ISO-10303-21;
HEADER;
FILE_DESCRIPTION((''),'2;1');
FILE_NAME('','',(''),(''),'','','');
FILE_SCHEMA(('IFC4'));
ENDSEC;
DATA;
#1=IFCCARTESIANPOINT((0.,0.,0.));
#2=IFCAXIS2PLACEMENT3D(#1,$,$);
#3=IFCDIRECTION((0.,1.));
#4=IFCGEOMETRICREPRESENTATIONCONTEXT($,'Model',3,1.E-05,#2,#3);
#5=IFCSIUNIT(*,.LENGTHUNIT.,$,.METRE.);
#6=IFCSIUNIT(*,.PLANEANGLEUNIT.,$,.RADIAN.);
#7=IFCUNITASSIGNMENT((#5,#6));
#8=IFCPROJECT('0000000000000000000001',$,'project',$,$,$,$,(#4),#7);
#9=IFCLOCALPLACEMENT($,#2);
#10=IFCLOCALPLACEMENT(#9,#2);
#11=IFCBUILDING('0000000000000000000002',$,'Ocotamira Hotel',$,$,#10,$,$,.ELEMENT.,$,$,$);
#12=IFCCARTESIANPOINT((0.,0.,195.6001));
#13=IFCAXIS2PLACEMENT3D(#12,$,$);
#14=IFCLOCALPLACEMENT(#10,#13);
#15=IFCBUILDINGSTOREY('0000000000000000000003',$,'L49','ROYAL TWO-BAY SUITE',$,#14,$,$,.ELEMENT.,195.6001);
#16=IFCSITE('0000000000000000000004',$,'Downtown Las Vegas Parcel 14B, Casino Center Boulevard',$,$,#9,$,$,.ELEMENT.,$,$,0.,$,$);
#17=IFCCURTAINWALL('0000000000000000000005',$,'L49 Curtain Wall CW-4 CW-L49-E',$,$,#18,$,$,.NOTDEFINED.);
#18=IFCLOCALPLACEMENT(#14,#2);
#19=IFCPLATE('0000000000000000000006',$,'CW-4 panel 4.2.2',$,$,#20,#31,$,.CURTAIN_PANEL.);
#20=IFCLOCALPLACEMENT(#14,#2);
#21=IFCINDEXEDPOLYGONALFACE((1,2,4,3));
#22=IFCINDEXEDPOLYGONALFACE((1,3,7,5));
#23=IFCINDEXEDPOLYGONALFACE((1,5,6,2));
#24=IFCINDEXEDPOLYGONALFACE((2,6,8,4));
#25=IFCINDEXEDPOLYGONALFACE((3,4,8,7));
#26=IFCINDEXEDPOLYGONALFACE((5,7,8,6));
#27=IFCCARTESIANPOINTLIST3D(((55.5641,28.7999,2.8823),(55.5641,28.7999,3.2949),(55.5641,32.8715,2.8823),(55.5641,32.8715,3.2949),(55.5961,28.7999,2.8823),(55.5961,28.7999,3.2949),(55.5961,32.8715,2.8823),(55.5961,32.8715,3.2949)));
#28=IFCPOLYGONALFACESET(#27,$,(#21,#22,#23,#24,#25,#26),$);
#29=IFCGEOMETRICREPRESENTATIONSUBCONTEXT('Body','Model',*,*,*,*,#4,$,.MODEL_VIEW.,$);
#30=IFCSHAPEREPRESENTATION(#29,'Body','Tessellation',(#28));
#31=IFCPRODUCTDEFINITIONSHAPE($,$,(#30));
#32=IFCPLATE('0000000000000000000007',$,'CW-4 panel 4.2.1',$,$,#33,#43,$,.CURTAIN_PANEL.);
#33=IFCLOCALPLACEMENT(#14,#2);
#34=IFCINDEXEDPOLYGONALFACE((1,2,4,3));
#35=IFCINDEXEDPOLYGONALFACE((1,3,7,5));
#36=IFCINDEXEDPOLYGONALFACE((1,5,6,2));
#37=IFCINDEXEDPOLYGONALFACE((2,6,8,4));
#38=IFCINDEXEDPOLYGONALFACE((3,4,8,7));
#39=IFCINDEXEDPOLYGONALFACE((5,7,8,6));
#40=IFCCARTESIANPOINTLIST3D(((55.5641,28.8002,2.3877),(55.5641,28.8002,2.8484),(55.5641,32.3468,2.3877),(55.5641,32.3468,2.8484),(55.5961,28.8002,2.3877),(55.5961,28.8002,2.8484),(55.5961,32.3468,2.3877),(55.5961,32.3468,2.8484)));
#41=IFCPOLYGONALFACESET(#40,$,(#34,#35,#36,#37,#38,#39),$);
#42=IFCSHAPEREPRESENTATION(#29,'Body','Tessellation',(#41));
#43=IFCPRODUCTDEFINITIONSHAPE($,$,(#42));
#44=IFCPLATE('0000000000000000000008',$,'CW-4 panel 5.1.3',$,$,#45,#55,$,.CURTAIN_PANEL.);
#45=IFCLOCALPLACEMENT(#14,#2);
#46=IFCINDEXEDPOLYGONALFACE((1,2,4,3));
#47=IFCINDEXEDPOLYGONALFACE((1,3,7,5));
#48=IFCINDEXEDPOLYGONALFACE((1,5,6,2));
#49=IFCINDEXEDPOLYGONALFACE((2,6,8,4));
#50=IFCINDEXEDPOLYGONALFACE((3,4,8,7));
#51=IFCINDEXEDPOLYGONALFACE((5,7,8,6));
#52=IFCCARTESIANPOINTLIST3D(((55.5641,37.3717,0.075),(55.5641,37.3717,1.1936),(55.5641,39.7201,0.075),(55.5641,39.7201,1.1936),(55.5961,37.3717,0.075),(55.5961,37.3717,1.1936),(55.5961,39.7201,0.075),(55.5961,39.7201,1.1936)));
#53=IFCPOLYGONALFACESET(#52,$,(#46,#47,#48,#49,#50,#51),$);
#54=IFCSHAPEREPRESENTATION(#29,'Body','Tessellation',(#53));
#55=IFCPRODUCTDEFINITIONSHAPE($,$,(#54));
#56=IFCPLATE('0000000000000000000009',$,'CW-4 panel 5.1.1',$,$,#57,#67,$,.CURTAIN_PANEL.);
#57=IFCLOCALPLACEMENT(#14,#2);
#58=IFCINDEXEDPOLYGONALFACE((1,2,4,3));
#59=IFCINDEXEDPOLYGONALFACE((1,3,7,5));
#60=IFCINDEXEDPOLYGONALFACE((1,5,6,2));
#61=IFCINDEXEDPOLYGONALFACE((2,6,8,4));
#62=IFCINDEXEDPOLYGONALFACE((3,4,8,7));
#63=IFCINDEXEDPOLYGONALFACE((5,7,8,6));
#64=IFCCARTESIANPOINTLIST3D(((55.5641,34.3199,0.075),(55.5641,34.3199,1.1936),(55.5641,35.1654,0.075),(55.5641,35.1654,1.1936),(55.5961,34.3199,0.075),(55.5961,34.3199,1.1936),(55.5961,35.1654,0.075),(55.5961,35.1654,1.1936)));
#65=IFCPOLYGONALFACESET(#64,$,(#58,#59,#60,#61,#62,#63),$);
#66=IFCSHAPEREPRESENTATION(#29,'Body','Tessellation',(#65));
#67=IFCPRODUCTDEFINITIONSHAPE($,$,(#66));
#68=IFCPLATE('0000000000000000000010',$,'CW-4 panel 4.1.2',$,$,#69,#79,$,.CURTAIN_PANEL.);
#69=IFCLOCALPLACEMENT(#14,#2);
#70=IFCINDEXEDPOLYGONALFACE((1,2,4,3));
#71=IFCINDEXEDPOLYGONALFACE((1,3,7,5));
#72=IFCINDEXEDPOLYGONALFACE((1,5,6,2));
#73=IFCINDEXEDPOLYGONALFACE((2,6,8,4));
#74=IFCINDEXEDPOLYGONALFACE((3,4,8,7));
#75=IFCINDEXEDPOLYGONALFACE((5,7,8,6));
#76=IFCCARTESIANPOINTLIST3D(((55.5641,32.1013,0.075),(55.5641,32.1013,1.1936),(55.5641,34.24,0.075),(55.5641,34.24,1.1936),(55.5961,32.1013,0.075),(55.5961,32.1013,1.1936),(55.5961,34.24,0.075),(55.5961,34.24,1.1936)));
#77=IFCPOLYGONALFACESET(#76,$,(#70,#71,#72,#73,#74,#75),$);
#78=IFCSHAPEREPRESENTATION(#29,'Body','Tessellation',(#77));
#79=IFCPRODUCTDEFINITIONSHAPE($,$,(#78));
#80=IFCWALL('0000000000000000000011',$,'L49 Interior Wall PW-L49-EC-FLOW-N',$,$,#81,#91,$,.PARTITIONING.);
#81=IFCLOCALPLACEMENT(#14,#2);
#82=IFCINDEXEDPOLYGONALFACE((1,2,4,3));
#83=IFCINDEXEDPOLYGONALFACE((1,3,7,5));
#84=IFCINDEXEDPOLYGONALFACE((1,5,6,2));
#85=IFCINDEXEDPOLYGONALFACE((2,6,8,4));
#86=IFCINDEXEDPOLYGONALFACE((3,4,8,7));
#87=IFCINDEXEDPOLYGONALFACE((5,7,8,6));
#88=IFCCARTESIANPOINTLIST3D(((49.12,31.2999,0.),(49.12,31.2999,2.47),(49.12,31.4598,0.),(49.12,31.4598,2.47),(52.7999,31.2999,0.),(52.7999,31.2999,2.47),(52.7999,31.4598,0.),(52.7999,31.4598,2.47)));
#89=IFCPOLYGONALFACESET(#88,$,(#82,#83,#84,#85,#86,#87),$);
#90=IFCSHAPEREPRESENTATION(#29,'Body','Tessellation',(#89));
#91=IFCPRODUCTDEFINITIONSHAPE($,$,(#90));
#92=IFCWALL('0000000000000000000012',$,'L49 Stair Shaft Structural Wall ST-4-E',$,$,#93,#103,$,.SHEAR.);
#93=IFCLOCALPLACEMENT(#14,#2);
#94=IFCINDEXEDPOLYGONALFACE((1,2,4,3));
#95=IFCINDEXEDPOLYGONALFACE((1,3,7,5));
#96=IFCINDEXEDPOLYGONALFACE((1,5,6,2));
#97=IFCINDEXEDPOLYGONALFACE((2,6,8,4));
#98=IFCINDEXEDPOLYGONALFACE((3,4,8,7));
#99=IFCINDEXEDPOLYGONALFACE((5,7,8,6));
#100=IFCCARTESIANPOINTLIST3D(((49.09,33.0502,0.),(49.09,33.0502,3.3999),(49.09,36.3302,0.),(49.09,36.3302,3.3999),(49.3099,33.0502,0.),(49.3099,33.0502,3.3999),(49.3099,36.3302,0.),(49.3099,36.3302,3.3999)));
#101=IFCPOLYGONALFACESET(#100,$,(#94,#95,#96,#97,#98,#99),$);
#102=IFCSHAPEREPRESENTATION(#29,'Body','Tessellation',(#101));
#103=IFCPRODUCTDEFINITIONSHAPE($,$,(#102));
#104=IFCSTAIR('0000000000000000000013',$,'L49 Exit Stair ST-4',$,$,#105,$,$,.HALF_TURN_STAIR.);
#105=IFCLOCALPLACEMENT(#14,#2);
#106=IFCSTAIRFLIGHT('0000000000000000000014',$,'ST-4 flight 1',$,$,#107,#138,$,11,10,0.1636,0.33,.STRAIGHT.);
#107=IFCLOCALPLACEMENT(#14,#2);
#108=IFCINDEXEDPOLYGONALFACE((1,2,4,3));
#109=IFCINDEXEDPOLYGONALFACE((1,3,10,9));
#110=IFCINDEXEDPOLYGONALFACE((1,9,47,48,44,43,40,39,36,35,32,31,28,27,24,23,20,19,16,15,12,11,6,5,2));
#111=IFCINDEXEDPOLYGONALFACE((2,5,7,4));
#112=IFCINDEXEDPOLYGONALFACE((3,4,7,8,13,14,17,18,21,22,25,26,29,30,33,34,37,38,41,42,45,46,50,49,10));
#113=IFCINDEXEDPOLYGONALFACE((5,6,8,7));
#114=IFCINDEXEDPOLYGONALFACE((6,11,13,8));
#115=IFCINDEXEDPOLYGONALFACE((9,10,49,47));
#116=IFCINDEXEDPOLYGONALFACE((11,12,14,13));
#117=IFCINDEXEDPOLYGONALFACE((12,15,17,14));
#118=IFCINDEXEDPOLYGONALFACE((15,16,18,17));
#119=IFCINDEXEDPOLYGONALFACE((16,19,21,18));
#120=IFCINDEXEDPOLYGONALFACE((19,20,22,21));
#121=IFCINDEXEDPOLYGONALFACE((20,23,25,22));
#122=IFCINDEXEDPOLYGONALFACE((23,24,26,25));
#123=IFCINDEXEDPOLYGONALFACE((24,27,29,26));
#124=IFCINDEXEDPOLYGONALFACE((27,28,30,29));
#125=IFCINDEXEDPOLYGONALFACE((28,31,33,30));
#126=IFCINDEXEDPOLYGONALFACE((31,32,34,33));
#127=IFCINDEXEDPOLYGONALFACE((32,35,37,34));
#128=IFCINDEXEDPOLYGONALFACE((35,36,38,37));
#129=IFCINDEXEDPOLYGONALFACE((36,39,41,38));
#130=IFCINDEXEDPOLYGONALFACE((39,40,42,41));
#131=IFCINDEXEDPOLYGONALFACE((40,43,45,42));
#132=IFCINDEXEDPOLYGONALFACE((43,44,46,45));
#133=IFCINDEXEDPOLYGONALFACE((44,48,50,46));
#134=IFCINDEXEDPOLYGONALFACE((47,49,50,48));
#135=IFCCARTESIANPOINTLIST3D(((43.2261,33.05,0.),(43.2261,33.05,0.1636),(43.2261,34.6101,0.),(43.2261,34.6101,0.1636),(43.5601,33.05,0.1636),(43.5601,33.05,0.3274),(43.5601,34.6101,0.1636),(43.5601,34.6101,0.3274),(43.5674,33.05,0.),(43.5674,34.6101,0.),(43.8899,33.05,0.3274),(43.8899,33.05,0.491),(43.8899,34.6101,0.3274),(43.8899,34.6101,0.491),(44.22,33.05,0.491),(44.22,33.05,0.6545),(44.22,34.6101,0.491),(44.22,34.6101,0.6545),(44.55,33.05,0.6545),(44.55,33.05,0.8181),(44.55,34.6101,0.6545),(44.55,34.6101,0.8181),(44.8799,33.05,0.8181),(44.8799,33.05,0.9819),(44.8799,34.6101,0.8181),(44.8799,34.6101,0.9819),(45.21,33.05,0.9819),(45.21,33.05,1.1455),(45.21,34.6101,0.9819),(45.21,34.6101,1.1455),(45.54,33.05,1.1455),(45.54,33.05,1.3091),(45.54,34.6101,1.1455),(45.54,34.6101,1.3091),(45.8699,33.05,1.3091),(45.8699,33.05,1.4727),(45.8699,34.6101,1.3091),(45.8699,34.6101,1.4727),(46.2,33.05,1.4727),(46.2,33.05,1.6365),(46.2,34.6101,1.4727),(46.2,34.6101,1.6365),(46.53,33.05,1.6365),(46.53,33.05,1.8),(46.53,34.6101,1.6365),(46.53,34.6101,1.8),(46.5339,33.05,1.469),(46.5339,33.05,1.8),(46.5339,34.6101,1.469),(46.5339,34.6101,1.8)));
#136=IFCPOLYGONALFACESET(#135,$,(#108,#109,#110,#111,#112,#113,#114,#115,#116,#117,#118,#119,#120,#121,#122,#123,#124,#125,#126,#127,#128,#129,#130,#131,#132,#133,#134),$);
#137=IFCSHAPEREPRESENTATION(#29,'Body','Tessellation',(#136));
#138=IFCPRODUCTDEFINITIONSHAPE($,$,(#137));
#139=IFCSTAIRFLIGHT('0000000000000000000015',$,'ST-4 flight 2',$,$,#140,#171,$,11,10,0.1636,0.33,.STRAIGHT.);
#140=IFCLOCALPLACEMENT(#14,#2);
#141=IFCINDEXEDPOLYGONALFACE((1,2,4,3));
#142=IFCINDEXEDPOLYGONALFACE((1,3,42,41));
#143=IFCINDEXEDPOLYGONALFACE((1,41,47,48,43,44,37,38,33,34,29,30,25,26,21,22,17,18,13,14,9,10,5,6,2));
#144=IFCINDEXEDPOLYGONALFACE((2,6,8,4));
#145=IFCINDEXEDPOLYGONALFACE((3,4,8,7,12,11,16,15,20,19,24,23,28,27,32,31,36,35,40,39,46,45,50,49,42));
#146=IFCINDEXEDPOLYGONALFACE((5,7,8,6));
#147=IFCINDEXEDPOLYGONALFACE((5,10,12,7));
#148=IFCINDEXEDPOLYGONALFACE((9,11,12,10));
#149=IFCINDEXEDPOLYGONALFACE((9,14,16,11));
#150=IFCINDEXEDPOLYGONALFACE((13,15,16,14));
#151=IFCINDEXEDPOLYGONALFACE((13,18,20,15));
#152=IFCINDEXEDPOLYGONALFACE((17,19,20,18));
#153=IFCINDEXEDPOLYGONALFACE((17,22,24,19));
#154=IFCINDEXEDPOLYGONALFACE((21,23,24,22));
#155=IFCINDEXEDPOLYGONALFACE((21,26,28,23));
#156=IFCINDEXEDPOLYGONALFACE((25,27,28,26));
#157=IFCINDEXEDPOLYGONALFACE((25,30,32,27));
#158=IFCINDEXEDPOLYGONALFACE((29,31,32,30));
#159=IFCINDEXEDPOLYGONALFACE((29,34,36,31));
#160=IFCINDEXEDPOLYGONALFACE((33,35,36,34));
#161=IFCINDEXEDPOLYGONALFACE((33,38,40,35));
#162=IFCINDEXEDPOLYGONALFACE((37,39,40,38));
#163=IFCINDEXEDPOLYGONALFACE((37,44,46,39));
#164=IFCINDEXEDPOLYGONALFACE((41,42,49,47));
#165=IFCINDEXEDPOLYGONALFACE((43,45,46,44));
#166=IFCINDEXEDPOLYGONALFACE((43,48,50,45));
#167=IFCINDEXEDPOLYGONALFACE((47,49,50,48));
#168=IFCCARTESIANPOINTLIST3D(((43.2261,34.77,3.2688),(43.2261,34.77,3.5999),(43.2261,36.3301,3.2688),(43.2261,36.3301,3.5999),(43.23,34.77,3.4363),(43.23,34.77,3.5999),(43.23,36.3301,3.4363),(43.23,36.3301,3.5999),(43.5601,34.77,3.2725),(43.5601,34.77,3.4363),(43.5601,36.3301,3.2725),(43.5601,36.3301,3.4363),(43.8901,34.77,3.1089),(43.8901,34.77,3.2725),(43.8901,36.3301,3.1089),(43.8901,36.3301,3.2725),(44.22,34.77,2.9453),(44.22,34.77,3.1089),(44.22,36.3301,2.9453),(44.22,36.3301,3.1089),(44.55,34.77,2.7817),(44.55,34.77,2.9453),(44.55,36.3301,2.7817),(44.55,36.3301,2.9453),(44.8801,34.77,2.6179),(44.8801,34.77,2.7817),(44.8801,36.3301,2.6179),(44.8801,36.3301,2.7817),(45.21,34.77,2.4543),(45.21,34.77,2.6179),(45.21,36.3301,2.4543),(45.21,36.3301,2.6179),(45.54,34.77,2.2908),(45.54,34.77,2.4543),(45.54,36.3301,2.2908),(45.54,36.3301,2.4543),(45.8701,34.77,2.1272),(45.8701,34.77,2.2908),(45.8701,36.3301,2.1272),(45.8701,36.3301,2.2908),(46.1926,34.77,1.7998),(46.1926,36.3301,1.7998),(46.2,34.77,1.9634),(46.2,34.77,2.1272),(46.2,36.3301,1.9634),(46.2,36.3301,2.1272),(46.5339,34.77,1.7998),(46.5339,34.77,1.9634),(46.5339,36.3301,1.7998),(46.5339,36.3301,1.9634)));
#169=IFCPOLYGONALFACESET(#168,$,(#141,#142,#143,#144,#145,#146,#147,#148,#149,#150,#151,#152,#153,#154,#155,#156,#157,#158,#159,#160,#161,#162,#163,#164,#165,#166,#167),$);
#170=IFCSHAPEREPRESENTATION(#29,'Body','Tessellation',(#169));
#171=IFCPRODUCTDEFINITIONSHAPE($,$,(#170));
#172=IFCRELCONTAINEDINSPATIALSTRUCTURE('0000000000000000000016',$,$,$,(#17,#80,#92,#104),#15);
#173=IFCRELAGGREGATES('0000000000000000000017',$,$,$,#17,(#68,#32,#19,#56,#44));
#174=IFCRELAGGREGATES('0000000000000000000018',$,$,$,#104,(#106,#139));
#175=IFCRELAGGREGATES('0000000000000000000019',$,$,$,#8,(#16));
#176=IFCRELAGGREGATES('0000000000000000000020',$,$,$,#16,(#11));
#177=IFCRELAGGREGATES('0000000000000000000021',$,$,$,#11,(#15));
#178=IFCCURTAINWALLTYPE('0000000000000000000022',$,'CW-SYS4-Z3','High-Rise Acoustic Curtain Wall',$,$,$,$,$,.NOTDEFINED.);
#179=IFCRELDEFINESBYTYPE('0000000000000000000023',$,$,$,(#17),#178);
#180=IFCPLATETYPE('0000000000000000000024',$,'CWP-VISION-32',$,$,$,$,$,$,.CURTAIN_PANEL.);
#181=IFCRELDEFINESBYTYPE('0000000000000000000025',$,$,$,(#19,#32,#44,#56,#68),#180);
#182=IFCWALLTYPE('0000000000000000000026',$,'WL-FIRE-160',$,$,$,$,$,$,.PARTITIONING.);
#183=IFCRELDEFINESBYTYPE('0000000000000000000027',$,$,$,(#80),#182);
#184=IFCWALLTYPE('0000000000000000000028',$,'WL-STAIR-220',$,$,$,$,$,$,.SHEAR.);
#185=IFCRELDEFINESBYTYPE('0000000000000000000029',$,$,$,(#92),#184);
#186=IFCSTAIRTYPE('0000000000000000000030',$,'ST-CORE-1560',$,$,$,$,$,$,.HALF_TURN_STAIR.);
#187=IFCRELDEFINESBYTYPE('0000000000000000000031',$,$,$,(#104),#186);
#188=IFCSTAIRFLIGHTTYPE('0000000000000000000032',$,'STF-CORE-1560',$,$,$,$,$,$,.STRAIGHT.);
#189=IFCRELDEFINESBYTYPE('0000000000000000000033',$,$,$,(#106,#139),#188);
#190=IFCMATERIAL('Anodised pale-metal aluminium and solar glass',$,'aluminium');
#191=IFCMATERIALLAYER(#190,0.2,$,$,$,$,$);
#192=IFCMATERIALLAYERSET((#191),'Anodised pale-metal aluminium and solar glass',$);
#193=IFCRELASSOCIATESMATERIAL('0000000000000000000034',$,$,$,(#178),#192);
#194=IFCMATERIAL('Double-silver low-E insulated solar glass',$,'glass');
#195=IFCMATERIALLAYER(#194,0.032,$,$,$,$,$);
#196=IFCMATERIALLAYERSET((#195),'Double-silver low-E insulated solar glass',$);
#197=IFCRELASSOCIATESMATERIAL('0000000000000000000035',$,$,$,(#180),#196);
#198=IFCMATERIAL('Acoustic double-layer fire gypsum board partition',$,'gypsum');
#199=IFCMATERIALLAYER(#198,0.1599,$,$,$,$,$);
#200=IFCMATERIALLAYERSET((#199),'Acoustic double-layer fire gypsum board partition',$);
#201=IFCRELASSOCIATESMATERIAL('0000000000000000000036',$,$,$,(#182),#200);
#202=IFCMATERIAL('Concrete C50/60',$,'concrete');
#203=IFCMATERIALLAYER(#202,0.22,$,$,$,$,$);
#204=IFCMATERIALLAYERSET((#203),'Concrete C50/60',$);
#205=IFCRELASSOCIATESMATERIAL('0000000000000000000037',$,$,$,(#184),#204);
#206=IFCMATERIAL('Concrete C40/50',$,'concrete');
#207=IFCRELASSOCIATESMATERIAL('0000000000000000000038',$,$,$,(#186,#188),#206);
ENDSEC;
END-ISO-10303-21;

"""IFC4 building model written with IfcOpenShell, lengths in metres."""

from ifc_helpers import new_model, si_unit, direction, frame, frame_2d, origin, origin_2d, place, context, subcontext, project, spatial, polyline, rectangle, outline, extrude, source, transform, mapped, material, layer, layer_set, type_object, element, aggregate, save


model = new_model("IFC4")

# Units and contexts
model_context = context("Model", 3, precision=1e-05, world=origin(), true_north=direction((0.0, 1.0)))
body_context = subcontext(model_context, "Body", "Model", "MODEL_VIEW")
ifc_project = project(units=[si_unit("LENGTHUNIT", "METRE"), si_unit("PLANEANGLEUNIT", "RADIAN")], contexts=[model_context])

# Site, building, storey
site_placement = place(None, origin())
site = spatial("IfcSite", under=ifc_project, at=site_placement, Name="Downtown Las Vegas Parcel 14B, Casino Center Boulevard", CompositionType="ELEMENT", RefElevation=0.0)
building_placement = place(site_placement, origin())
building = spatial("IfcBuilding", under=site, at=building_placement, Name="Ocotamira Hotel", CompositionType="ELEMENT")
storey_placement = place(building_placement, frame((0.0, 0.0, 195.6001)))
storey = spatial("IfcBuildingStorey", under=building, at=storey_placement, Name="L49", Description="ROYAL TWO-BAY SUITE", CompositionType="ELEMENT", Elevation=195.6001)

# Curtain wall
ifc_material_1 = material(Name="Anodised pale-metal aluminium and solar glass", Category="aluminium")
ifc_layer_1 = layer(ifc_material_1, 0.2)
ifc_layer_set_1 = layer_set([ifc_layer_1], Name="Anodised pale-metal aluminium and solar glass")
curtain_wall_type = type_object("IfcCurtainWallType", Name="CW-SYS4-Z3", Description="High-Rise Acoustic Curtain Wall", PredefinedType="NOTDEFINED", material=ifc_layer_set_1)
curtain_wall_placement = place(storey_placement, origin())
curtain_wall = element("IfcCurtainWall", 1, at=curtain_wall_placement, inside=storey, type_object=curtain_wall_type, Name="L49 Curtain Wall CW-4 CW-L49-E", PredefinedType="NOTDEFINED")

# Plates
ifc_material_2 = material(Name="Double-silver low-E insulated solar glass", Category="glass")
ifc_layer_2 = layer(ifc_material_2, 0.032)
ifc_layer_set_2 = layer_set([ifc_layer_2], Name="Double-silver low-E insulated solar glass")
plate_type_1 = type_object("IfcPlateType", Name="CWP-VISION-32", PredefinedType="CURTAIN_PANEL", material=ifc_layer_set_2)
shared_shape_1 = source(origin(), body_context, "Body", "SweptSolid", [
    extrude(rectangle(XDim=4.0715, YDim=0.032, at=origin_2d()), origin(), (0.0, 0.0, 1.0), 0.4126),
])
plate_1_placement = place(storey_placement, frame((55.5801, 30.8357, 2.8823), z_axis=(0.0, 0.0, 1.0), x_axis=(0.0, 1.0, 0.0)))
plate_1 = element("IfcPlate", 2, at=plate_1_placement, type_object=plate_type_1, Name="CW-4 panel 4.2.2", PredefinedType="CURTAIN_PANEL", context=body_context, shape_type="MappedRepresentation", body=[
    mapped(shared_shape_1, transform((0.0, 0.0, 0.0), scale=1.0)),
])
shared_shape_2 = source(origin(), body_context, "Body", "SweptSolid", [
    extrude(rectangle(XDim=3.5466, YDim=0.032, at=origin_2d()), origin(), (0.0, 0.0, 1.0), 0.4607),
])
plate_2_placement = place(storey_placement, frame((55.5801, 30.5735, 2.3877), z_axis=(0.0, 0.0, 1.0), x_axis=(0.0, 1.0, 0.0)))
plate_2 = element("IfcPlate", 3, at=plate_2_placement, type_object=plate_type_1, Name="CW-4 panel 4.2.1", PredefinedType="CURTAIN_PANEL", context=body_context, shape_type="MappedRepresentation", body=[
    mapped(shared_shape_2, transform((0.0, 0.0, 0.0), scale=1.0)),
])
shared_shape_3 = source(origin(), body_context, "Body", "SweptSolid", [
    extrude(rectangle(XDim=2.3484, YDim=0.032, at=origin_2d()), origin(), (0.0, 0.0, 1.0), 1.1187),
])
plate_3_placement = place(storey_placement, frame((55.5801, 38.5459, 0.075), z_axis=(0.0, 0.0, 1.0), x_axis=(0.0, 1.0, 0.0)))
plate_3 = element("IfcPlate", 4, at=plate_3_placement, type_object=plate_type_1, Name="CW-4 panel 5.1.3", PredefinedType="CURTAIN_PANEL", context=body_context, shape_type="MappedRepresentation", body=[
    mapped(shared_shape_3, transform((0.0, 0.0, 0.0), scale=1.0)),
])
shared_shape_4 = source(origin(), body_context, "Body", "SweptSolid", [
    extrude(rectangle(XDim=0.8455, YDim=0.032, at=origin_2d()), origin(), (0.0, 0.0, 1.0), 1.1187),
])
plate_4_placement = place(storey_placement, frame((55.5801, 34.7427, 0.075), z_axis=(0.0, 0.0, 1.0), x_axis=(0.0, 1.0, 0.0)))
plate_4 = element("IfcPlate", 5, at=plate_4_placement, type_object=plate_type_1, Name="CW-4 panel 5.1.1", PredefinedType="CURTAIN_PANEL", context=body_context, shape_type="MappedRepresentation", body=[
    mapped(shared_shape_4, transform((0.0, 0.0, 0.0), scale=1.0)),
])
shared_shape_5 = source(origin(), body_context, "Body", "SweptSolid", [
    extrude(rectangle(XDim=2.1387, YDim=0.032, at=origin_2d()), origin(), (0.0, 0.0, 1.0), 1.1187),
])
plate_5_placement = place(storey_placement, frame((55.5801, 33.1707, 0.075), z_axis=(0.0, 0.0, 1.0), x_axis=(0.0, 1.0, 0.0)))
plate_5 = element("IfcPlate", 6, at=plate_5_placement, type_object=plate_type_1, Name="CW-4 panel 4.1.2", PredefinedType="CURTAIN_PANEL", context=body_context, shape_type="MappedRepresentation", body=[
    mapped(shared_shape_5, transform((0.0, 0.0, 0.0), scale=1.0)),
])
aggregate(curtain_wall, [plate_5, plate_2, plate_1, plate_4, plate_3])

# Wall
ifc_material_3 = material(Name="Acoustic double-layer fire gypsum board partition", Category="gypsum")
ifc_layer_3 = layer(ifc_material_3, 0.1599)
ifc_layer_set_3 = layer_set([ifc_layer_3], Name="Acoustic double-layer fire gypsum board partition")
wall_type_1 = type_object("IfcWallType", Name="WL-FIRE-160", PredefinedType="PARTITIONING", material=ifc_layer_set_3)
wall_1_placement = place(storey_placement, frame((49.1201, 31.3799, 0.0), z_axis=(0.0, 0.0, 1.0), x_axis=(1.0, 0.0, 0.0)))
element("IfcWall", 7, at=wall_1_placement, inside=storey, type_object=wall_type_1, Name="L49 Interior Wall PW-L49-EC-FLOW-N", PredefinedType="PARTITIONING", context=body_context, shape_type="SweptSolid", body=[
    extrude(rectangle(XDim=3.6799, YDim=0.1599, at=frame_2d((1.8398, 0.0))), origin(), (0.0, 0.0, 1.0), 2.47),
])

# Wall
ifc_material_4 = material(Name="Concrete C50/60", Category="concrete")
ifc_layer_4 = layer(ifc_material_4, 0.22)
ifc_layer_set_4 = layer_set([ifc_layer_4], Name="Concrete C50/60")
wall_type_2 = type_object("IfcWallType", Name="WL-STAIR-220", PredefinedType="SHEAR", material=ifc_layer_set_4)
wall_2_placement = place(storey_placement, frame((49.2, 33.05, 0.0), z_axis=(0.0, 0.0, 1.0), x_axis=(0.0, 1.0, 0.0)))
element("IfcWall", 8, at=wall_2_placement, inside=storey, type_object=wall_type_2, Name="L49 Stair Shaft Structural Wall ST-4-E", PredefinedType="SHEAR", context=body_context, shape_type="SweptSolid", body=[
    extrude(rectangle(XDim=3.28, YDim=0.22, at=frame_2d((1.6401, 0.0))), origin(), (0.0, 0.0, 1.0), 3.3999),
])

# Stair, stair flights
ifc_material_5 = material(Name="Concrete C40/50", Category="concrete")
stair_type = type_object("IfcStairType", Name="ST-CORE-1560", PredefinedType="HALF_TURN_STAIR", material=ifc_material_5)
stair_placement = place(storey_placement, origin())
stair = element("IfcStair", 9, at=stair_placement, inside=storey, type_object=stair_type, Name="L49 Exit Stair ST-4", PredefinedType="HALF_TURN_STAIR")
stair_flight_type = type_object("IfcStairFlightType", Name="STF-CORE-1560", PredefinedType="STRAIGHT", material=ifc_material_5)
shared_shape_6 = source(origin(), body_context, "Body", "SweptSolid", [
    extrude(outline(polyline([(-0.0039, 0.0), (-0.0039, 0.1636), (0.3301, 0.1636), (0.3301, 0.3274), (0.6599, 0.3274), (0.6599, 0.491), (0.99, 0.491), (0.99, 0.6545), (1.3201, 0.6545), (1.3201, 0.8181), (1.6499, 0.8181), (1.6499, 0.9819), (1.98, 0.9819), (1.98, 1.1455), (2.3101, 1.1455), (2.3101, 1.3091), (2.6399, 1.3091), (2.6399, 1.4727), (2.97, 1.4727), (2.97, 1.6365), (3.3, 1.6365), (3.3, 1.8), (3.304, 1.8), (3.304, 1.469), (0.3374, 0.0), (-0.0039, 0.0)])), frame((0.0, 0.78, 0.0), z_axis=(0.0, -1.0, 0.0), x_axis=(1.0, 0.0, 0.0)), (0.0, 0.0, 1.0), 1.5601),
])
stair_flight_1_placement = place(storey_placement, frame((43.23, 33.8301, 0.0), z_axis=(0.0, 0.0, 1.0), x_axis=(1.0, 0.0, 0.0)))
stair_flight_1 = element("IfcStairFlight", 10, at=stair_flight_1_placement, type_object=stair_flight_type, Name="ST-4 flight 1", NumberOfRisers=11, NumberOfTreads=10, PredefinedType="STRAIGHT", RiserHeight=0.1636, TreadLength=0.33, context=body_context, shape_type="MappedRepresentation", body=[
    mapped(shared_shape_6, transform((0.0, 0.0, 0.0), scale=1.0)),
])
stair_flight_2_placement = place(storey_placement, frame((46.53, 35.55, 1.7998), z_axis=(0.0, 0.0, 1.0), x_axis=(-1.0, 0.0, 0.0)))
stair_flight_2 = element("IfcStairFlight", 11, at=stair_flight_2_placement, type_object=stair_flight_type, Name="ST-4 flight 2", NumberOfRisers=11, NumberOfTreads=10, PredefinedType="STRAIGHT", RiserHeight=0.1636, TreadLength=0.33, context=body_context, shape_type="MappedRepresentation", body=[
    mapped(shared_shape_6, transform((0.0, 0.0, 0.0), scale=1.0)),
])
aggregate(stair, [stair_flight_1, stair_flight_2])

save(model, "model.ifc")
